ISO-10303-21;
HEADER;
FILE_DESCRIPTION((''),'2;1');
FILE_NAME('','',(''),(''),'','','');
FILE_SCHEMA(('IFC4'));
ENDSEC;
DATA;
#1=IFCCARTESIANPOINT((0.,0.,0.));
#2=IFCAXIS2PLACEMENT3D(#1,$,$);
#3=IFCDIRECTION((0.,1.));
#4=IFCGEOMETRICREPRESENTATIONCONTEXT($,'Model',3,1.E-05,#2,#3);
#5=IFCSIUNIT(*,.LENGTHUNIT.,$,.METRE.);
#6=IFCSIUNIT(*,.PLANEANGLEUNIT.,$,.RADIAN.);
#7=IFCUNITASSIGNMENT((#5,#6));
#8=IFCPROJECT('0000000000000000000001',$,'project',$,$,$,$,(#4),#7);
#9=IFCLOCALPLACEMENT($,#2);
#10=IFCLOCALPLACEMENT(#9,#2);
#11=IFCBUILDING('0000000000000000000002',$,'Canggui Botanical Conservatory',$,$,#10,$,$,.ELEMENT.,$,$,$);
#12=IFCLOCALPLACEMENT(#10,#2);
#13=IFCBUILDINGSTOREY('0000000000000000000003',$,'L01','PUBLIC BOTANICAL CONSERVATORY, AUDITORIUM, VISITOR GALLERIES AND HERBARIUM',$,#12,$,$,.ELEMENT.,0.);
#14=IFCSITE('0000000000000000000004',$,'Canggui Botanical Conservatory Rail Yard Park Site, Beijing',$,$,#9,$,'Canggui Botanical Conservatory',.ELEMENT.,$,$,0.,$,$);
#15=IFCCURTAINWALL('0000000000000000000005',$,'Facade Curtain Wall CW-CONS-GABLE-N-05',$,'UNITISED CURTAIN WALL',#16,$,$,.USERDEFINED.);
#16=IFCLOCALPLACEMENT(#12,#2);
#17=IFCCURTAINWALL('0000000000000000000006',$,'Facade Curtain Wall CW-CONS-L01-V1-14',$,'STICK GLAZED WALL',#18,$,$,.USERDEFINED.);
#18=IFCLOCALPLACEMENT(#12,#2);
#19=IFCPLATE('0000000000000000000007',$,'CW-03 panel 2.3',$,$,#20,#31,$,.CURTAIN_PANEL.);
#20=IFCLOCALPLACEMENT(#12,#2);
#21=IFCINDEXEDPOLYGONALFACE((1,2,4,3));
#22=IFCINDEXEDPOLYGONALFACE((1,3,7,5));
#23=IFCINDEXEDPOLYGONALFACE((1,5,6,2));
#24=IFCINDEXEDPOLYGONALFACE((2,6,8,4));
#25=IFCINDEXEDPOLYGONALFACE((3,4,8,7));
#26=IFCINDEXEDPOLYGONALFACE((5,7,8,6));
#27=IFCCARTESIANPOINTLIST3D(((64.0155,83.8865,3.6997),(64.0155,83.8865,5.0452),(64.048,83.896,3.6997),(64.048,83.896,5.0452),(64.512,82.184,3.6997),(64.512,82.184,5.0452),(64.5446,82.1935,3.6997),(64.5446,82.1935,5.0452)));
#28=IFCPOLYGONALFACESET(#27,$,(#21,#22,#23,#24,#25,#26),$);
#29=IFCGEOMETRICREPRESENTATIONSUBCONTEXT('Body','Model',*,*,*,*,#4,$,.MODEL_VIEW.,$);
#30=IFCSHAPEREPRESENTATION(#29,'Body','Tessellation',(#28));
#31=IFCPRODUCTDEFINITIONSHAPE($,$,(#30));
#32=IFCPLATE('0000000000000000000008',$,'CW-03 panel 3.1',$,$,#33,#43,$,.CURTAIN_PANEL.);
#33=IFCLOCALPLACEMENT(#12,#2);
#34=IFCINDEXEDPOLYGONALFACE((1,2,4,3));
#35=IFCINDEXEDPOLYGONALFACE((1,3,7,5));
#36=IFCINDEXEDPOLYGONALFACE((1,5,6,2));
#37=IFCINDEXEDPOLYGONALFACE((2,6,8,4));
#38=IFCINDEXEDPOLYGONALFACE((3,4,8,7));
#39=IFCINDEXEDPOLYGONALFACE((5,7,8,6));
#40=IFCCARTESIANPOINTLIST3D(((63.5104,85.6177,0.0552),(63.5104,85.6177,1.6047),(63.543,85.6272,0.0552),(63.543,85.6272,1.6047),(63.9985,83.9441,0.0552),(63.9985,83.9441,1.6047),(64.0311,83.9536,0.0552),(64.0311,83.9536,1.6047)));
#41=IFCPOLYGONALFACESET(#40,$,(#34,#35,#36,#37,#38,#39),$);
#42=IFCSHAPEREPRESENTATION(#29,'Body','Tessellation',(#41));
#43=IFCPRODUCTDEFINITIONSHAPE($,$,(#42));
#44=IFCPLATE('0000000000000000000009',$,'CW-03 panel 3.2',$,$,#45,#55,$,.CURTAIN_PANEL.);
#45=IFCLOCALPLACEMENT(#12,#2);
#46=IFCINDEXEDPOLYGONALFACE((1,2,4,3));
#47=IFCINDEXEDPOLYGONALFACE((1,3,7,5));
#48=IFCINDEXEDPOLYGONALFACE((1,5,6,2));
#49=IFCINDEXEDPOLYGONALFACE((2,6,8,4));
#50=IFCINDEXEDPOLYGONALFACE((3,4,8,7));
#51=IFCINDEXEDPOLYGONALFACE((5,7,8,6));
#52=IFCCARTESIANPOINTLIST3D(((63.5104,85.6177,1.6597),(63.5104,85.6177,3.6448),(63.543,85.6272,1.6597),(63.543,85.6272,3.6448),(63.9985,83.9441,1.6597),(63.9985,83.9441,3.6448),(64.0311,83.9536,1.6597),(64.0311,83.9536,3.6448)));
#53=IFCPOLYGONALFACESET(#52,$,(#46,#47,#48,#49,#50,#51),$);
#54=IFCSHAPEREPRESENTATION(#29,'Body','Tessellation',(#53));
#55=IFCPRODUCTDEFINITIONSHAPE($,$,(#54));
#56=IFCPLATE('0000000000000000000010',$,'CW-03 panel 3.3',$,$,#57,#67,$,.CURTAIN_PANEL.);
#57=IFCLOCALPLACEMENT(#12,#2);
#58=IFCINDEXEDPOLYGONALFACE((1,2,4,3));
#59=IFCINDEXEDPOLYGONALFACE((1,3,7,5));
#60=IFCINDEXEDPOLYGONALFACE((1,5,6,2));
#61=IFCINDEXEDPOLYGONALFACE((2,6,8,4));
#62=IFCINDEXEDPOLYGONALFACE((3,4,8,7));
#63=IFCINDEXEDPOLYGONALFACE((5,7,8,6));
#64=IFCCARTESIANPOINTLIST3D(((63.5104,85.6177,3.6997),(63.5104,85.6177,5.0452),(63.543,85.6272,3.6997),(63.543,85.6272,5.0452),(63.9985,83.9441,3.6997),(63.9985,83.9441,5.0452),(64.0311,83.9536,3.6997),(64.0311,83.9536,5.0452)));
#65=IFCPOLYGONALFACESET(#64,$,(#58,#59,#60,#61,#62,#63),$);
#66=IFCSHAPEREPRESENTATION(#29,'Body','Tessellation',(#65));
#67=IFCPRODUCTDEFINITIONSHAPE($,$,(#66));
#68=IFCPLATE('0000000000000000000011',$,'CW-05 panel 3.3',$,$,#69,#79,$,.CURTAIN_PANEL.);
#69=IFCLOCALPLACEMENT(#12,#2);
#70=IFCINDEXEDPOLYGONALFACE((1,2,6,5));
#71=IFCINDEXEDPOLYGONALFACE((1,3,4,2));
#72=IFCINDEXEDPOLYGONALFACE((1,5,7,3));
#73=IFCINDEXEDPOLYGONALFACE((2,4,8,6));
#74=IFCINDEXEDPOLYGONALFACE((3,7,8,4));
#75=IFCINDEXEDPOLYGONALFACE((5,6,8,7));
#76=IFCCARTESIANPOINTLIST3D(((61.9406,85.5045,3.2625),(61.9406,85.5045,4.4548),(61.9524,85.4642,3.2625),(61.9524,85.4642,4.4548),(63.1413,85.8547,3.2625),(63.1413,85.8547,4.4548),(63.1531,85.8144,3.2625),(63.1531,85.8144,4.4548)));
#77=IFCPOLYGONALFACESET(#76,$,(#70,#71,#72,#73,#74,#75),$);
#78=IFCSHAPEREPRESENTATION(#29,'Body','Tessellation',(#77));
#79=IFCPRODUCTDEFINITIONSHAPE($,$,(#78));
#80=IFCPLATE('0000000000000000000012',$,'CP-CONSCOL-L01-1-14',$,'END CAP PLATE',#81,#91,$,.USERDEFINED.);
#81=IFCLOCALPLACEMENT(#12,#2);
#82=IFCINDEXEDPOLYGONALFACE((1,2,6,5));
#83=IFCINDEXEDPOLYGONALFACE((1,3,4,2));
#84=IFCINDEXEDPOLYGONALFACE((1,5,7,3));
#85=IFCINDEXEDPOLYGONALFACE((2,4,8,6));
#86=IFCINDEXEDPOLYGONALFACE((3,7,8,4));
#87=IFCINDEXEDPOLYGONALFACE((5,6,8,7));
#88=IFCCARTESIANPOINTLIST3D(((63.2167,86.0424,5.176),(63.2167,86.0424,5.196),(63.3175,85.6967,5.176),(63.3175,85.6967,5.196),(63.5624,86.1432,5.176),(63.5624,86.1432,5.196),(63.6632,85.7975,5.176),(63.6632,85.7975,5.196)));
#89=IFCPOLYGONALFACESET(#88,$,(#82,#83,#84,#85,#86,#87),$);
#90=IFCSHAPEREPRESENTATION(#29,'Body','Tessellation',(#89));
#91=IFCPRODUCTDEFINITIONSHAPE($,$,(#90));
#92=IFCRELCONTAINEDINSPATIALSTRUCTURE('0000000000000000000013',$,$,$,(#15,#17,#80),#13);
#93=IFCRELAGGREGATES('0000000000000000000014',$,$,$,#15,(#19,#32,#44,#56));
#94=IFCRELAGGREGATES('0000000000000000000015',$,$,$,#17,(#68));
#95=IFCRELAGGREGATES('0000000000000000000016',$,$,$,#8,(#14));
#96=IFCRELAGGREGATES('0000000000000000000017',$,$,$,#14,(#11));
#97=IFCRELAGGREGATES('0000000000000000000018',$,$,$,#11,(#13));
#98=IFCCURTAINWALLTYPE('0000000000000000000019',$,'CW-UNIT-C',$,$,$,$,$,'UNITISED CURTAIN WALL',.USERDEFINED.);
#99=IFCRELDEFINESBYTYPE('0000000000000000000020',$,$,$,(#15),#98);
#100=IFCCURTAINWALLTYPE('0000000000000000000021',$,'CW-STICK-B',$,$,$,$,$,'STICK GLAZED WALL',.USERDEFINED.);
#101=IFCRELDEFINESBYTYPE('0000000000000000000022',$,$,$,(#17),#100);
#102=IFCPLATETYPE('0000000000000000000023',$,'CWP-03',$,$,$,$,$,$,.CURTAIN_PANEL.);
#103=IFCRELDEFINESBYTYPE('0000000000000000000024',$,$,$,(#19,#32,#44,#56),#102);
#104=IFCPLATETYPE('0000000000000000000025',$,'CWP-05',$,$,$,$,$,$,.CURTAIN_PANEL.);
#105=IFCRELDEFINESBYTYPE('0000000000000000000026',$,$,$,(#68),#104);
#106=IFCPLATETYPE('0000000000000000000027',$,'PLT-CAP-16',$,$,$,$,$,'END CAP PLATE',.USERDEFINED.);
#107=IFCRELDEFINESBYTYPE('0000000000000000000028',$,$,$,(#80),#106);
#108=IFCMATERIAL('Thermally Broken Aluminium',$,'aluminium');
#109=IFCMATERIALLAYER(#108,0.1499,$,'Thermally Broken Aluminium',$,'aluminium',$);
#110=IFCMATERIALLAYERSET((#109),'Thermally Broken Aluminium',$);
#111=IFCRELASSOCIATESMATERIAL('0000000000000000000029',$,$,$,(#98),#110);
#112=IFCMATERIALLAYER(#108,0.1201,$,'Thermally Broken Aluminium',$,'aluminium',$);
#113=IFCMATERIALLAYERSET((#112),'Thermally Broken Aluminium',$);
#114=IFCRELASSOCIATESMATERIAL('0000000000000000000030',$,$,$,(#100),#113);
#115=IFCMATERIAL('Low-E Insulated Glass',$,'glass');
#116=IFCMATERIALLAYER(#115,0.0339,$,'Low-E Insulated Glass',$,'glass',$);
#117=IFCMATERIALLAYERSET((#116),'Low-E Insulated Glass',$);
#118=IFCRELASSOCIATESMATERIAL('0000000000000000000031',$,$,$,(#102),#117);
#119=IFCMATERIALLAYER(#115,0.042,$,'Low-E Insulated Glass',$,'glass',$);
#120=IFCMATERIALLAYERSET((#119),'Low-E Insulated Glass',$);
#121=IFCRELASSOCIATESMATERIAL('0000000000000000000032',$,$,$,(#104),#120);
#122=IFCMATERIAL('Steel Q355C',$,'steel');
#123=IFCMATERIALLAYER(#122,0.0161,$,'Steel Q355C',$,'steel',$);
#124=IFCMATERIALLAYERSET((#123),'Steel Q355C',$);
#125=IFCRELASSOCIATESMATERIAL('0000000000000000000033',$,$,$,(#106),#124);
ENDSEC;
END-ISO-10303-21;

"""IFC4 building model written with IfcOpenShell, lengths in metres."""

from ifc_helpers import new_model, si_unit, direction, frame, origin, origin_2d, place, context, subcontext, project, spatial, rectangle, extrude, material, layer, layer_set, type_object, element, aggregate, save


model = new_model("IFC4")

# Units and contexts
model_context = context("Model", 3, precision=1e-05, world=origin(), true_north=direction((0.0, 1.0)))
body_context = subcontext(model_context, "Body", "Model", "MODEL_VIEW")
ifc_project = project(units=[si_unit("LENGTHUNIT", "METRE"), si_unit("PLANEANGLEUNIT", "RADIAN")], contexts=[model_context])

# Site, building, storey
site_placement = place(None, origin())
site = spatial("IfcSite", under=ifc_project, at=site_placement, Name="Canggui Botanical Conservatory Rail Yard Park Site, Beijing", LongName="Canggui Botanical Conservatory", CompositionType="ELEMENT", RefElevation=0.0)
building_placement = place(site_placement, origin())
building = spatial("IfcBuilding", under=site, at=building_placement, Name="Canggui Botanical Conservatory", CompositionType="ELEMENT")
storey_placement = place(building_placement, origin())
storey = spatial("IfcBuildingStorey", under=building, at=storey_placement, Name="L01", Description="PUBLIC BOTANICAL CONSERVATORY, AUDITORIUM, VISITOR GALLERIES AND HERBARIUM", CompositionType="ELEMENT", Elevation=0.0)

# Shared definitions
ifc_material_1 = material(Name="Steel Q355C", Category="steel")

# Curtain wall
ifc_material_2 = material(Name="Thermally Broken Aluminium", Category="aluminium")
ifc_layer_1 = layer(ifc_material_2, 0.1499, Name="Thermally Broken Aluminium", Category="aluminium")
ifc_layer_set_1 = layer_set([ifc_layer_1], Name="Thermally Broken Aluminium")
curtain_wall_type_1 = type_object("IfcCurtainWallType", Name="CW-UNIT-C", ElementType="UNITISED CURTAIN WALL", PredefinedType="USERDEFINED", material=ifc_layer_set_1)
curtain_wall_1_placement = place(storey_placement, origin())
curtain_wall_1 = element("IfcCurtainWall", 1, at=curtain_wall_1_placement, inside=storey, type_object=curtain_wall_type_1, Name="Facade Curtain Wall CW-CONS-GABLE-N-05", ObjectType="UNITISED CURTAIN WALL", PredefinedType="USERDEFINED")

# Curtain wall
ifc_layer_2 = layer(ifc_material_2, 0.1201, Name="Thermally Broken Aluminium", Category="aluminium")
ifc_layer_set_2 = layer_set([ifc_layer_2], Name="Thermally Broken Aluminium")
curtain_wall_type_2 = type_object("IfcCurtainWallType", Name="CW-STICK-B", ElementType="STICK GLAZED WALL", PredefinedType="USERDEFINED", material=ifc_layer_set_2)
curtain_wall_2_placement = place(storey_placement, origin())
curtain_wall_2 = element("IfcCurtainWall", 2, at=curtain_wall_2_placement, inside=storey, type_object=curtain_wall_type_2, Name="Facade Curtain Wall CW-CONS-L01-V1-14", ObjectType="STICK GLAZED WALL", PredefinedType="USERDEFINED")

# Plates
ifc_material_3 = material(Name="Low-E Insulated Glass", Category="glass")
ifc_layer_3 = layer(ifc_material_3, 0.0339, Name="Low-E Insulated Glass", Category="glass")
ifc_layer_set_3 = layer_set([ifc_layer_3], Name="Low-E Insulated Glass")
plate_type_1 = type_object("IfcPlateType", Name="CWP-03", PredefinedType="CURTAIN_PANEL", material=ifc_layer_set_3)
plate_1_placement = place(storey_placement, frame((64.28, 83.04, 3.6997), z_axis=(0.0, 0.0, 1.0), x_axis=(-0.28, 0.96, 0.0)))
plate_1 = element("IfcPlate", 3, at=plate_1_placement, type_object=plate_type_1, Name="CW-03 panel 2.3", PredefinedType="CURTAIN_PANEL", context=body_context, shape_type="SweptSolid", body=[
    extrude(rectangle(XDim=1.7734, YDim=0.0339, at=origin_2d()), origin(), (0.0, 0.0, 1.0), 1.3455),
])
plate_2_placement = place(storey_placement, frame((63.7708, 84.7856, 0.0552), z_axis=(0.0, 0.0, 1.0), x_axis=(-0.28, 0.96, 0.0)))
plate_2 = element("IfcPlate", 4, at=plate_2_placement, type_object=plate_type_1, Name="CW-03 panel 3.1", PredefinedType="CURTAIN_PANEL", context=body_context, shape_type="SweptSolid", body=[
    extrude(rectangle(XDim=1.7434, YDim=0.0339, at=origin_2d()), origin(), (0.0, 0.0, 1.0), 1.5496),
])
plate_3_placement = place(storey_placement, frame((63.7708, 84.7856, 1.6597), z_axis=(0.0, 0.0, 1.0), x_axis=(-0.28, 0.96, 0.0)))
plate_3 = element("IfcPlate", 5, at=plate_3_placement, type_object=plate_type_1, Name="CW-03 panel 3.2", PredefinedType="CURTAIN_PANEL", context=body_context, shape_type="SweptSolid", body=[
    extrude(rectangle(XDim=1.7434, YDim=0.0339, at=origin_2d()), origin(), (0.0, 0.0, 1.0), 1.9851),
])
plate_4_placement = place(storey_placement, frame((63.7708, 84.7856, 3.6997), z_axis=(0.0, 0.0, 1.0), x_axis=(-0.28, 0.96, 0.0)))
plate_4 = element("IfcPlate", 6, at=plate_4_placement, type_object=plate_type_1, Name="CW-03 panel 3.3", PredefinedType="CURTAIN_PANEL", context=body_context, shape_type="SweptSolid", body=[
    extrude(rectangle(XDim=1.7434, YDim=0.0339, at=origin_2d()), origin(), (0.0, 0.0, 1.0), 1.3455),
])
aggregate(curtain_wall_1, [plate_1, plate_2, plate_3, plate_4])
ifc_layer_4 = layer(ifc_material_3, 0.042, Name="Low-E Insulated Glass", Category="glass")
ifc_layer_set_4 = layer_set([ifc_layer_4], Name="Low-E Insulated Glass")
plate_type_2 = type_object("IfcPlateType", Name="CWP-05", PredefinedType="CURTAIN_PANEL", material=ifc_layer_set_4)
plate_5_placement = place(storey_placement, frame((62.5469, 85.6594, 3.2625), z_axis=(0.0, 0.0, 1.0), x_axis=(0.96, 0.28, 0.0)))
plate_5 = element("IfcPlate", 7, at=plate_5_placement, type_object=plate_type_2, Name="CW-05 panel 3.3", PredefinedType="CURTAIN_PANEL", context=body_context, shape_type="SweptSolid", body=[
    extrude(rectangle(XDim=1.2507, YDim=0.042, at=origin_2d()), origin(), (0.0, 0.0, 1.0), 1.1924),
])
aggregate(curtain_wall_2, [plate_5])
ifc_layer_5 = layer(ifc_material_1, 0.0161, Name="Steel Q355C", Category="steel")
ifc_layer_set_5 = layer_set([ifc_layer_5], Name="Steel Q355C")
plate_type_3 = type_object("IfcPlateType", Name="PLT-CAP-16", ElementType="END CAP PLATE", PredefinedType="USERDEFINED", material=ifc_layer_set_5)
plate_6_placement = place(storey_placement, frame((63.4399, 85.9199, 5.176), z_axis=(0.0, 0.0, 1.0), x_axis=(0.96, 0.28, 0.0)))
element("IfcPlate", 8, at=plate_6_placement, inside=storey, type_object=plate_type_3, Name="CP-CONSCOL-L01-1-14", ObjectType="END CAP PLATE", PredefinedType="USERDEFINED", context=body_context, shape_type="SweptSolid", body=[
    extrude(rectangle(XDim=0.3601, YDim=0.3601, at=origin_2d()), origin(), (0.0, 0.0, 1.0), 0.02),
])

save(model, "model.ifc")
